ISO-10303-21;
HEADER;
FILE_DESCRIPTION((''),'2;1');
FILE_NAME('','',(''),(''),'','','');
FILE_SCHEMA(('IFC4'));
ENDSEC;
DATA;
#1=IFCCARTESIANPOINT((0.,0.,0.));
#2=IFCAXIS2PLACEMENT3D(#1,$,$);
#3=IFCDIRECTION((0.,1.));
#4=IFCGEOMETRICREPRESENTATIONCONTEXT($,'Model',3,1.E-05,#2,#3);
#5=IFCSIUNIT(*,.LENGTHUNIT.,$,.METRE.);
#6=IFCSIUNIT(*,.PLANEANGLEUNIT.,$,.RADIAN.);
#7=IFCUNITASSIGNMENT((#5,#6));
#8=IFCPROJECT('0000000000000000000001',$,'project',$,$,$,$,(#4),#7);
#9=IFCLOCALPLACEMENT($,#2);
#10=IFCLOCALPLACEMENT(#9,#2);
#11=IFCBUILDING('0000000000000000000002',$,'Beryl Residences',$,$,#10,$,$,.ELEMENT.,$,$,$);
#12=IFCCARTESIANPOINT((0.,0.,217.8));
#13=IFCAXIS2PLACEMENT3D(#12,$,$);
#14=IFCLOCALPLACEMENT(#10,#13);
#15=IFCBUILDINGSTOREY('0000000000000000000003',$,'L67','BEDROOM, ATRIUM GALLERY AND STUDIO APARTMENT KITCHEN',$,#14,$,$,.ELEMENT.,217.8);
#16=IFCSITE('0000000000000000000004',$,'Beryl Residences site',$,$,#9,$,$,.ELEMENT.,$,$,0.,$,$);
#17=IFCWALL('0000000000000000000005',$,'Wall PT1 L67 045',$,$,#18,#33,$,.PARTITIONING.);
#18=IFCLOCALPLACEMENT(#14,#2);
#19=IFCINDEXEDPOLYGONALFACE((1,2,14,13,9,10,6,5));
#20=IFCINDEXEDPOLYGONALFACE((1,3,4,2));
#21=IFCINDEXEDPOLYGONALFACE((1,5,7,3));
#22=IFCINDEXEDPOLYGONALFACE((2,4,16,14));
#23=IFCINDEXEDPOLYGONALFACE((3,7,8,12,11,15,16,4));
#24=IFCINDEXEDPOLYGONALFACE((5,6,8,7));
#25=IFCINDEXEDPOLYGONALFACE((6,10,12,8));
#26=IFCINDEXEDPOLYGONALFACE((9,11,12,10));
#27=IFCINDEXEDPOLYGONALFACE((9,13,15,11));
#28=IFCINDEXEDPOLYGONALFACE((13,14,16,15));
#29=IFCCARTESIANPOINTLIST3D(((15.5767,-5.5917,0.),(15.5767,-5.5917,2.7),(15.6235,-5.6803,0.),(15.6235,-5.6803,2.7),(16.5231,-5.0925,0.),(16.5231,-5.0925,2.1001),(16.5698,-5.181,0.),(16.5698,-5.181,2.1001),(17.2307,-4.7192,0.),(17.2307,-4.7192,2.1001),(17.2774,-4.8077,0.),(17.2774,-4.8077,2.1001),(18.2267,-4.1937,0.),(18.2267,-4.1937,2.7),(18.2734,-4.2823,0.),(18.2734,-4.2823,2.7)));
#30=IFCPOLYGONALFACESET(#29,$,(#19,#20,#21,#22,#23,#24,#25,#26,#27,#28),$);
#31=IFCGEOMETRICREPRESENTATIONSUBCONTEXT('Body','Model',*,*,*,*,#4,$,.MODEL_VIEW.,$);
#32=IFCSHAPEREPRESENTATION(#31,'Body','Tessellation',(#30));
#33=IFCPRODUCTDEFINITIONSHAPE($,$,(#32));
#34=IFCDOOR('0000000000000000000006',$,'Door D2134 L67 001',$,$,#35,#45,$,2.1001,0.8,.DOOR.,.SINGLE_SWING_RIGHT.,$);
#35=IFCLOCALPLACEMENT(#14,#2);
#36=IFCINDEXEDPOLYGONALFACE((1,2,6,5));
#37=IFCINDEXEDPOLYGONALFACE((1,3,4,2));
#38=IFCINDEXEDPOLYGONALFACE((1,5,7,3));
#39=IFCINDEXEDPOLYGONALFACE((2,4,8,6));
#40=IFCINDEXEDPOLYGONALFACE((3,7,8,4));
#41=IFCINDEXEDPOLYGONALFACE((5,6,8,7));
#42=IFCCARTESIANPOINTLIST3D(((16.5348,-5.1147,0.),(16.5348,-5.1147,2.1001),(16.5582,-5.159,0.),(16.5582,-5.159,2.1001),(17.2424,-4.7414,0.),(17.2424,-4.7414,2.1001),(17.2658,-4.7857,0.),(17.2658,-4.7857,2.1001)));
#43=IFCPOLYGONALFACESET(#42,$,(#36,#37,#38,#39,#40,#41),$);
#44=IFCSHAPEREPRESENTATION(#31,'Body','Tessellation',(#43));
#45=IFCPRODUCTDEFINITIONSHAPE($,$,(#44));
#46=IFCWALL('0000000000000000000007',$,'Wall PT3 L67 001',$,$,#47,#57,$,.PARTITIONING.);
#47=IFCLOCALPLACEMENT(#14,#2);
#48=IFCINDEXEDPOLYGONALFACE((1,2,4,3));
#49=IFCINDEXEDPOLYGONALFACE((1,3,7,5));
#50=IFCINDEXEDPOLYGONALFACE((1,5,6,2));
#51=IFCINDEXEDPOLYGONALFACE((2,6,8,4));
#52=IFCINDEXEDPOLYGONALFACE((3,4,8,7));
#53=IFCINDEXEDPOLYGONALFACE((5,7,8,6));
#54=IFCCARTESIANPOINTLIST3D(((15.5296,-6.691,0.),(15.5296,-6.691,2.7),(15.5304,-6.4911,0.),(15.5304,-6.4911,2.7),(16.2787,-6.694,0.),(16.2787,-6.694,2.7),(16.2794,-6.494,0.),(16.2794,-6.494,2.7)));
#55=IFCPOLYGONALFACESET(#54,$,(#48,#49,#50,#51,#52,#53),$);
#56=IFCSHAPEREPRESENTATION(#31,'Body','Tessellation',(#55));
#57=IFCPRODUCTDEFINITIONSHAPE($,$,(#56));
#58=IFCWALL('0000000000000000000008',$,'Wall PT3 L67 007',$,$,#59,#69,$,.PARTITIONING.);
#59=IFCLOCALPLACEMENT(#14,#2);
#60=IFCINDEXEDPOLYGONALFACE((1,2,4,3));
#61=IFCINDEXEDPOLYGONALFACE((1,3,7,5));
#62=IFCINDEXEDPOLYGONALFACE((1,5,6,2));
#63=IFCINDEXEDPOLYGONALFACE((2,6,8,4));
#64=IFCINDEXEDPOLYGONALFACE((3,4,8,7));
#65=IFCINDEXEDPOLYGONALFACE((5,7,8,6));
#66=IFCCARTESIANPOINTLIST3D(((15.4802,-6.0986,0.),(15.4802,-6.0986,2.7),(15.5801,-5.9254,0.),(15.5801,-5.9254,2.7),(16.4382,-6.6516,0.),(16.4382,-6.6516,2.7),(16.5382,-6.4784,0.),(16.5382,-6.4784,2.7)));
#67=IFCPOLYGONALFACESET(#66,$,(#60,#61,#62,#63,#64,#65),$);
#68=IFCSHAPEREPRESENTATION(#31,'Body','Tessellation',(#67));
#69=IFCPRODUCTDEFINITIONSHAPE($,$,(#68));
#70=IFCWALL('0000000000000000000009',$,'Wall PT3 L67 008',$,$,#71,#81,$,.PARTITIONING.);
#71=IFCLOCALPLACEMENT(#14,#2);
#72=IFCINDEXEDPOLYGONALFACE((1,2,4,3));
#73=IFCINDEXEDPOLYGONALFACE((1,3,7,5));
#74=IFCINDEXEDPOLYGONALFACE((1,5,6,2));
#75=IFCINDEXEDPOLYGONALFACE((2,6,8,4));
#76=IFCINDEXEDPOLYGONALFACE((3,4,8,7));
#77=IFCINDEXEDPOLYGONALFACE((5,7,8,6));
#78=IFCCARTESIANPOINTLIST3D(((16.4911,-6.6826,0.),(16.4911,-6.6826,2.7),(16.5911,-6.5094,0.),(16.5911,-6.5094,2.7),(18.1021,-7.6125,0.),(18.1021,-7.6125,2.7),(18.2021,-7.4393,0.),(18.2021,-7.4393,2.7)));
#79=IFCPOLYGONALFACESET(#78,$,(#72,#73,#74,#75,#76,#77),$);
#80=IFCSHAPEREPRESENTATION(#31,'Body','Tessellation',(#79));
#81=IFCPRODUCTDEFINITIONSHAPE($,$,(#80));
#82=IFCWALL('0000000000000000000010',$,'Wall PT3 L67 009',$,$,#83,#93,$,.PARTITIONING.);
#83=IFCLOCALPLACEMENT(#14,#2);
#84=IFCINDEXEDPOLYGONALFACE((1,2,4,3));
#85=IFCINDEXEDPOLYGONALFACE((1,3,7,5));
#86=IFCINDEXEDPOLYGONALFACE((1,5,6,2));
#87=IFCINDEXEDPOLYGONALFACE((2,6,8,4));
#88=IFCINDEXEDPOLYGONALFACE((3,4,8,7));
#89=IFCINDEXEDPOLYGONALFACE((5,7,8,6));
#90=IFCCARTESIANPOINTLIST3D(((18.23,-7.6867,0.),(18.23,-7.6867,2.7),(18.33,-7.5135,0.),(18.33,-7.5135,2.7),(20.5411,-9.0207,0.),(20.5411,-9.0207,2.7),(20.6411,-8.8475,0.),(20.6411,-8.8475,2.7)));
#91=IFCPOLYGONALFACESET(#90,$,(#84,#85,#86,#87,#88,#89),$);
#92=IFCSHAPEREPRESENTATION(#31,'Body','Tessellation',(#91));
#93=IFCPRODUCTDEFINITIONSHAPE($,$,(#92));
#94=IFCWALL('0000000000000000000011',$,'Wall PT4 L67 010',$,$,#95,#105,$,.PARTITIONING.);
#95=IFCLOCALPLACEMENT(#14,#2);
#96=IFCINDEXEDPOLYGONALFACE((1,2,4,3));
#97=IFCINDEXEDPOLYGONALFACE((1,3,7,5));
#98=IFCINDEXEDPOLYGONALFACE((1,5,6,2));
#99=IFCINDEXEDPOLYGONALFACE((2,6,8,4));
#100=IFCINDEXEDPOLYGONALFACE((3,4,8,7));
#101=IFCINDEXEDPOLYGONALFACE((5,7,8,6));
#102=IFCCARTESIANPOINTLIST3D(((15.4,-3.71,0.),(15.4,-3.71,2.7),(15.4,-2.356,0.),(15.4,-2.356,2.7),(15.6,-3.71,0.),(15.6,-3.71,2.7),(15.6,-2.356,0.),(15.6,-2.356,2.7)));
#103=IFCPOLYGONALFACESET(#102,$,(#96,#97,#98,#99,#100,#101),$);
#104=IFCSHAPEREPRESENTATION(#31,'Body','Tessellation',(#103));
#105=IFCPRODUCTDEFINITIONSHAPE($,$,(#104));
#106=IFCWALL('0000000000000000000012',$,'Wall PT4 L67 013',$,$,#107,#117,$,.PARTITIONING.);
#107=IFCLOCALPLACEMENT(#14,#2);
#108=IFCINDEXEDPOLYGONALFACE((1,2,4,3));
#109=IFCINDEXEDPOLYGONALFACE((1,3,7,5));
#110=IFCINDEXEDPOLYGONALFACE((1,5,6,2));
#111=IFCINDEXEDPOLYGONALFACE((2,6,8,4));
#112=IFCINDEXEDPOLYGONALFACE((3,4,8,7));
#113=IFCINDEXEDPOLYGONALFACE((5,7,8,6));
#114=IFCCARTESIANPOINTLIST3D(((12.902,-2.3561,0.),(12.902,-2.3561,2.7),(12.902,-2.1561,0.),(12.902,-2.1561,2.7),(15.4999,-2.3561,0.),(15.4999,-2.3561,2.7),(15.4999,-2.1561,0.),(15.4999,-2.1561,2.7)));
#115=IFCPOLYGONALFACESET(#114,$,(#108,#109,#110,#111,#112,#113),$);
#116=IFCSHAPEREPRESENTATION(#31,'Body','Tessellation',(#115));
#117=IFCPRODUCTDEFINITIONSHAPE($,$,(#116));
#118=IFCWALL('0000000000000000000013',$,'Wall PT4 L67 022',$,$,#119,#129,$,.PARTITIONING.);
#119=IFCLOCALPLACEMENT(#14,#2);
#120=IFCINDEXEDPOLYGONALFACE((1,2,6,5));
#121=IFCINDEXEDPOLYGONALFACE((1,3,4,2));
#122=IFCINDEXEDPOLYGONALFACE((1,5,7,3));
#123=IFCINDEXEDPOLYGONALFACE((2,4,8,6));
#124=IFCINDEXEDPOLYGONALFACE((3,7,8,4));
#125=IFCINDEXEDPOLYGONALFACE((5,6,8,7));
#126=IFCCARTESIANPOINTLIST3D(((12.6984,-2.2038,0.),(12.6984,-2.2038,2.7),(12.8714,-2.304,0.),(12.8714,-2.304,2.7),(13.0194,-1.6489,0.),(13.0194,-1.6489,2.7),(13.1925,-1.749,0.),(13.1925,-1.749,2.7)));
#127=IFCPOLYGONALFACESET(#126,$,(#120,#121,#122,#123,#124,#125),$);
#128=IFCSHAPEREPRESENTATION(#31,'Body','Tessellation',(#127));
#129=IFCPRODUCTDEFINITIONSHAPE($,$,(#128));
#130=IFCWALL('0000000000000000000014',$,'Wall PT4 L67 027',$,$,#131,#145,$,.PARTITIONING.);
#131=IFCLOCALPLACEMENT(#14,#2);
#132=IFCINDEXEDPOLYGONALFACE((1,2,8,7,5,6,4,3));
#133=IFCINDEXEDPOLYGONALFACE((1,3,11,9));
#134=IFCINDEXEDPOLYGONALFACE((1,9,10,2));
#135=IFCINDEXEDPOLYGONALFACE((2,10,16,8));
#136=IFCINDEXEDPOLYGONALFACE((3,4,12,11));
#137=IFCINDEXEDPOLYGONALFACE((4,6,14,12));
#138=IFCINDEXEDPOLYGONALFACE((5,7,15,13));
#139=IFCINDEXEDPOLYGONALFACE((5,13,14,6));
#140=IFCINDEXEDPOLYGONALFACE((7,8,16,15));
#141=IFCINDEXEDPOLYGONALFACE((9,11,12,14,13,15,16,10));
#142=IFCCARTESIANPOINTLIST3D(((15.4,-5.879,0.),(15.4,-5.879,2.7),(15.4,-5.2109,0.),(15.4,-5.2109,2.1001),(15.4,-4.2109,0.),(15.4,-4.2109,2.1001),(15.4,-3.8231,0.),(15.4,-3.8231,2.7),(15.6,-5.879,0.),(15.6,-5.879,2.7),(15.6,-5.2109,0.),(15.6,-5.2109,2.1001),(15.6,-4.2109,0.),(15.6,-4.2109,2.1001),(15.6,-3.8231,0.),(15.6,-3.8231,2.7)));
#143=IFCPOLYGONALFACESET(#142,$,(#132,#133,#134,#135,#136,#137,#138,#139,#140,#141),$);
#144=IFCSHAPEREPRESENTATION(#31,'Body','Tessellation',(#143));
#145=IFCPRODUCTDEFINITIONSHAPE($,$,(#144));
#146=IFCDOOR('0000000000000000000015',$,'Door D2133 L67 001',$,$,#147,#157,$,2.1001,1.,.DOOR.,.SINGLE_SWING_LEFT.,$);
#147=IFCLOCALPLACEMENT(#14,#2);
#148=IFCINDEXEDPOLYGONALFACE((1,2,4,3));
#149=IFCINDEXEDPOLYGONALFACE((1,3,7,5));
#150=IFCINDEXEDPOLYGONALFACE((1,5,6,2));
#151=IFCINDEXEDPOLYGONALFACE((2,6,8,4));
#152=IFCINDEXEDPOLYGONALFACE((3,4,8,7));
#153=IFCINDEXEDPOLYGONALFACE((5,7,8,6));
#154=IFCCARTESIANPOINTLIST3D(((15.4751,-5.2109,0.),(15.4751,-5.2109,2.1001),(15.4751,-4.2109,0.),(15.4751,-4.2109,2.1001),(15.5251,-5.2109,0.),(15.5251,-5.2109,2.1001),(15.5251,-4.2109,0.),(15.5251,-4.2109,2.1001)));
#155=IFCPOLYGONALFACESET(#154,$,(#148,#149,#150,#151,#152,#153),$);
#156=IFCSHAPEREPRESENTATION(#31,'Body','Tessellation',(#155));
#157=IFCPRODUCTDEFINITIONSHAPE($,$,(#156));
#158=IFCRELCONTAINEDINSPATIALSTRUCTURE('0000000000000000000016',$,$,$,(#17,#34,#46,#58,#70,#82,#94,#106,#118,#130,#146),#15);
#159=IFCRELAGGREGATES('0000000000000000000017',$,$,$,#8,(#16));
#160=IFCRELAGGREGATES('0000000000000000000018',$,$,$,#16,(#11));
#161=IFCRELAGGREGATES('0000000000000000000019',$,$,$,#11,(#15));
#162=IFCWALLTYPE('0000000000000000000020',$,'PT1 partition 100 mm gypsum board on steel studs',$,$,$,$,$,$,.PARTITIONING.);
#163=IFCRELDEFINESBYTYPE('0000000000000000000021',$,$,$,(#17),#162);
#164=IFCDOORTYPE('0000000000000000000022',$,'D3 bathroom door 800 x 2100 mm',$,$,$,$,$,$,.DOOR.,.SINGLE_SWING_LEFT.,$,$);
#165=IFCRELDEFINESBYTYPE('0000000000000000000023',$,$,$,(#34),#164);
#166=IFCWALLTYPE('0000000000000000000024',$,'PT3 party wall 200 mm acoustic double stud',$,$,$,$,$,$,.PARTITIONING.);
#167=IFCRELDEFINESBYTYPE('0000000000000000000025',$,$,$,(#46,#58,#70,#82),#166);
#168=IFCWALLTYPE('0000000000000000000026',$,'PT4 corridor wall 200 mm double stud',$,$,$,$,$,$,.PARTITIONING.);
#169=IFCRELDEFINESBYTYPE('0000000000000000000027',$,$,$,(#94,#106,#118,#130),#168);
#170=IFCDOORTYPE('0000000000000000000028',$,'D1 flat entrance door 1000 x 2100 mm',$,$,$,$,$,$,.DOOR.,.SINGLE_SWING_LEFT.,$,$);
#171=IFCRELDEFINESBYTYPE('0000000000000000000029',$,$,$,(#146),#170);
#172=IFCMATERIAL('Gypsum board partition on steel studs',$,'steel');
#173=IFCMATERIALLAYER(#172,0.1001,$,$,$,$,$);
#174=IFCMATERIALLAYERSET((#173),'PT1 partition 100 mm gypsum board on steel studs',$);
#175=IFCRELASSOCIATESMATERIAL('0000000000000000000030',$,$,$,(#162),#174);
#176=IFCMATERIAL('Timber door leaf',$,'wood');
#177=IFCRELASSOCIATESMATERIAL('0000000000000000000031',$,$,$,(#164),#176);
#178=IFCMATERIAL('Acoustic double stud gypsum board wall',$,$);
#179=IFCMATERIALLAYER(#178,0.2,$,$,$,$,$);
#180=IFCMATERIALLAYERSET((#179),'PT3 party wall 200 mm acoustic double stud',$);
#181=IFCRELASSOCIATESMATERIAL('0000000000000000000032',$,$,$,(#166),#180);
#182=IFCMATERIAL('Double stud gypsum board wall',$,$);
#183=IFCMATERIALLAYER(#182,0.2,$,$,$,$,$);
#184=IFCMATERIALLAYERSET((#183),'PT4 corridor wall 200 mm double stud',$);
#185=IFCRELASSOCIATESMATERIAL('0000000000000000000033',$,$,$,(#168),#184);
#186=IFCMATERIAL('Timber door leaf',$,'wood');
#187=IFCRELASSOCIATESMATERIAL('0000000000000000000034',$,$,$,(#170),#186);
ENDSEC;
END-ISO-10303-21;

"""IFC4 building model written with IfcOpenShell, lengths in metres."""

from ifc_helpers import new_model, si_unit, direction, frame, frame_2d, origin, place, context, subcontext, project, spatial, rectangle, extrude, material, layer, layer_set, type_object, element, fill, save


model = new_model("IFC4")

# Units and contexts
model_context = context("Model", 3, precision=1e-05, world=origin(), true_north=direction((0.0, 1.0)))
body_context = subcontext(model_context, "Body", "Model", "MODEL_VIEW")
ifc_project = project(units=[si_unit("LENGTHUNIT", "METRE"), si_unit("PLANEANGLEUNIT", "RADIAN")], contexts=[model_context])

# Site, building, storey
site_placement = place(None, origin())
site = spatial("IfcSite", under=ifc_project, at=site_placement, Name="Beryl Residences site", CompositionType="ELEMENT", RefElevation=0.0)
building_placement = place(site_placement, origin())
building = spatial("IfcBuilding", under=site, at=building_placement, Name="Beryl Residences", CompositionType="ELEMENT")
storey_placement = place(building_placement, frame((0.0, 0.0, 217.8)))
storey = spatial("IfcBuildingStorey", under=building, at=storey_placement, Name="L67", Description="BEDROOM, ATRIUM GALLERY AND STUDIO APARTMENT KITCHEN", CompositionType="ELEMENT", Elevation=217.8)

# Shared definitions
ifc_material_1 = material(Name="Gypsum board partition on steel studs", Category="steel")
ifc_layer_1 = layer(ifc_material_1, 0.1001)
ifc_layer_set_1 = layer_set([ifc_layer_1], Name="PT1 partition 100 mm gypsum board on steel studs")
wall_type_1 = type_object("IfcWallType", Name="PT1 partition 100 mm gypsum board on steel studs", PredefinedType="PARTITIONING", material=ifc_layer_set_1)

# Wall, opening, door
wall_1_placement = place(storey_placement, frame((15.6001, -5.636, 0.0), z_axis=(0.0, 0.0, 1.0), x_axis=(0.884469, 0.466599, 0.0)))
wall_1 = element("IfcWall", 1, at=wall_1_placement, inside=storey, type_object=wall_type_1, Name="Wall PT1 L67 045", PredefinedType="PARTITIONING", context=body_context, shape_type="SweptSolid", body=[
    extrude(rectangle(XDim=2.9961, YDim=0.1001, at=frame_2d((1.498, 0.0))), origin(), (0.0, 0.0, 1.0), 2.7),
])
opening_1_placement = place(wall_1_placement, frame((1.0701, 0.0, 0.0)))
opening_1 = element("IfcOpeningElement", 2, at=opening_1_placement, cuts=wall_1, PredefinedType="OPENING", context=body_context, shape_type="SweptSolid", body=[
    extrude(rectangle(XDim=0.8, YDim=2.1001, at=frame_2d((0.3999, 1.05))), frame((0.0, 0.0601, 0.0), z_axis=(0.0, -1.0, 0.0), x_axis=(1.0, 0.0, 0.0)), (0.0, 0.0, 1.0), 0.1201),
])
ifc_material_2 = material(Name="Timber door leaf", Category="wood")
door_type_1 = type_object("IfcDoorType", Name="D3 bathroom door 800 x 2100 mm", OperationType="SINGLE_SWING_LEFT", PredefinedType="DOOR", material=ifc_material_2)
door_1_placement = place(opening_1_placement, origin())
door_1 = element("IfcDoor", 3, at=door_1_placement, inside=storey, type_object=door_type_1, Name="Door D2134 L67 001", OperationType="SINGLE_SWING_RIGHT", OverallHeight=2.1001, OverallWidth=0.8, PredefinedType="DOOR", context=body_context, shape_type="SweptSolid", body=[
    extrude(rectangle(XDim=0.8, YDim=2.1001, at=frame_2d((0.3999, 1.05))), frame((0.0, 0.0249, 0.0), z_axis=(0.0, -1.0, 0.0), x_axis=(1.0, 0.0, 0.0)), (0.0, 0.0, 1.0), 0.05),
])
fill(opening_1, door_1)

# Walls
ifc_material_3 = material(Name="Acoustic double stud gypsum board wall")
ifc_layer_2 = layer(ifc_material_3, 0.2)
ifc_layer_set_2 = layer_set([ifc_layer_2], Name="PT3 party wall 200 mm acoustic double stud")
wall_type_2 = type_object("IfcWallType", Name="PT3 party wall 200 mm acoustic double stud", PredefinedType="PARTITIONING", material=ifc_layer_set_2)
wall_2_placement = place(storey_placement, frame((15.53, -6.5911, 0.0), z_axis=(0.0, 0.0, 1.0), x_axis=(0.999992, -0.003911, 0.0)))
element("IfcWall", 4, at=wall_2_placement, inside=storey, type_object=wall_type_2, Name="Wall PT3 L67 001", PredefinedType="PARTITIONING", context=body_context, shape_type="SweptSolid", body=[
    extrude(rectangle(XDim=0.749, YDim=0.2, at=frame_2d((0.3745, 0.0))), origin(), (0.0, 0.0, 1.0), 2.7),
])
wall_3_placement = place(storey_placement, frame((15.53, -6.012, 0.0), z_axis=(0.0, 0.0, 1.0), x_axis=(0.866075, -0.499914, 0.0)))
element("IfcWall", 5, at=wall_3_placement, inside=storey, type_object=wall_type_2, Name="Wall PT3 L67 007", PredefinedType="PARTITIONING", context=body_context, shape_type="SweptSolid", body=[
    extrude(rectangle(XDim=1.1062, YDim=0.2, at=frame_2d((0.5532, 0.0))), origin(), (0.0, 0.0, 1.0), 2.7),
])
wall_4_placement = place(storey_placement, frame((16.541, -6.5959, 0.0), z_axis=(0.0, 0.0, 1.0), x_axis=(0.866079, -0.499908, 0.0)))
element("IfcWall", 6, at=wall_4_placement, inside=storey, type_object=wall_type_2, Name="Wall PT3 L67 008", PredefinedType="PARTITIONING", context=body_context, shape_type="SweptSolid", body=[
    extrude(rectangle(XDim=1.8601, YDim=0.2, at=frame_2d((0.9302, 0.0))), origin(), (0.0, 0.0, 1.0), 2.7),
])
wall_5_placement = place(storey_placement, frame((18.28, -7.6001, 0.0), z_axis=(0.0, 0.0, 1.0), x_axis=(0.866073, -0.499918, 0.0)))
element("IfcWall", 7, at=wall_5_placement, inside=storey, type_object=wall_type_2, Name="Wall PT3 L67 009", PredefinedType="PARTITIONING", context=body_context, shape_type="SweptSolid", body=[
    extrude(rectangle(XDim=2.6685, YDim=0.2, at=frame_2d((1.3342, 0.0))), origin(), (0.0, 0.0, 1.0), 2.7),
])
ifc_material_4 = material(Name="Double stud gypsum board wall")
ifc_layer_3 = layer(ifc_material_4, 0.2)
ifc_layer_set_3 = layer_set([ifc_layer_3], Name="PT4 corridor wall 200 mm double stud")
wall_type_3 = type_object("IfcWallType", Name="PT4 corridor wall 200 mm double stud", PredefinedType="PARTITIONING", material=ifc_layer_set_3)
wall_6_placement = place(storey_placement, frame((15.5, -2.356, 0.0), z_axis=(0.0, 0.0, 1.0), x_axis=(0.0, -1.0, 0.0)))
element("IfcWall", 8, at=wall_6_placement, inside=storey, type_object=wall_type_3, Name="Wall PT4 L67 010", PredefinedType="PARTITIONING", context=body_context, shape_type="SweptSolid", body=[
    extrude(rectangle(XDim=1.354, YDim=0.2, at=frame_2d((0.677, 0.0))), origin(), (0.0, 0.0, 1.0), 2.7),
])
wall_7_placement = place(storey_placement, frame((12.9021, -2.2561, 0.0), z_axis=(0.0, 0.0, 1.0), x_axis=(1.0, 0.0, 0.0)))
element("IfcWall", 9, at=wall_7_placement, inside=storey, type_object=wall_type_3, Name="Wall PT4 L67 013", PredefinedType="PARTITIONING", context=body_context, shape_type="SweptSolid", body=[
    extrude(rectangle(XDim=2.5979, YDim=0.2, at=frame_2d((1.2988, 0.0))), origin(), (0.0, 0.0, 1.0), 2.7),
])
wall_8_placement = place(storey_placement, frame((12.7849, -2.2539, 0.0), z_axis=(0.0, 0.0, 1.0), x_axis=(0.500766, 0.865583, 0.0)))
element("IfcWall", 10, at=wall_8_placement, inside=storey, type_object=wall_type_3, Name="Wall PT4 L67 022", PredefinedType="PARTITIONING", context=body_context, shape_type="SweptSolid", body=[
    extrude(rectangle(XDim=0.6411, YDim=0.2, at=frame_2d((0.3206, 0.0))), origin(), (0.0, 0.0, 1.0), 2.7),
])

# Wall, opening, door
wall_9_placement = place(storey_placement, frame((15.5, -5.8789, 0.0), z_axis=(0.0, 0.0, 1.0), x_axis=(0.0, 1.0, 0.0)))
wall_9 = element("IfcWall", 11, at=wall_9_placement, inside=storey, type_object=wall_type_3, Name="Wall PT4 L67 027", PredefinedType="PARTITIONING", context=body_context, shape_type="SweptSolid", body=[
    extrude(rectangle(XDim=2.0559, YDim=0.2, at=frame_2d((1.0278, 0.0))), origin(), (0.0, 0.0, 1.0), 2.7),
])
opening_2_placement = place(wall_9_placement, frame((0.668, 0.0, 0.0)))
opening_2 = element("IfcOpeningElement", 12, at=opening_2_placement, cuts=wall_9, PredefinedType="OPENING", context=body_context, shape_type="SweptSolid", body=[
    extrude(rectangle(XDim=1.0, YDim=2.1001, at=frame_2d((0.5, 1.05))), frame((0.0, 0.1099, 0.0), z_axis=(0.0, -1.0, 0.0), x_axis=(1.0, 0.0, 0.0)), (0.0, 0.0, 1.0), 0.22),
])
ifc_material_5 = material(Name="Timber door leaf", Category="wood")
door_type_2 = type_object("IfcDoorType", Name="D1 flat entrance door 1000 x 2100 mm", OperationType="SINGLE_SWING_LEFT", PredefinedType="DOOR", material=ifc_material_5)
door_2_placement = place(opening_2_placement, origin())
door_2 = element("IfcDoor", 13, at=door_2_placement, inside=storey, type_object=door_type_2, Name="Door D2133 L67 001", OperationType="SINGLE_SWING_LEFT", OverallHeight=2.1001, OverallWidth=1.0, PredefinedType="DOOR", context=body_context, shape_type="SweptSolid", body=[
    extrude(rectangle(XDim=1.0, YDim=2.1001, at=frame_2d((0.5, 1.05))), frame((0.0, 0.0249, 0.0), z_axis=(0.0, -1.0, 0.0), x_axis=(1.0, 0.0, 0.0)), (0.0, 0.0, 1.0), 0.05),
])
fill(opening_2, door_2)

save(model, "model.ifc")
